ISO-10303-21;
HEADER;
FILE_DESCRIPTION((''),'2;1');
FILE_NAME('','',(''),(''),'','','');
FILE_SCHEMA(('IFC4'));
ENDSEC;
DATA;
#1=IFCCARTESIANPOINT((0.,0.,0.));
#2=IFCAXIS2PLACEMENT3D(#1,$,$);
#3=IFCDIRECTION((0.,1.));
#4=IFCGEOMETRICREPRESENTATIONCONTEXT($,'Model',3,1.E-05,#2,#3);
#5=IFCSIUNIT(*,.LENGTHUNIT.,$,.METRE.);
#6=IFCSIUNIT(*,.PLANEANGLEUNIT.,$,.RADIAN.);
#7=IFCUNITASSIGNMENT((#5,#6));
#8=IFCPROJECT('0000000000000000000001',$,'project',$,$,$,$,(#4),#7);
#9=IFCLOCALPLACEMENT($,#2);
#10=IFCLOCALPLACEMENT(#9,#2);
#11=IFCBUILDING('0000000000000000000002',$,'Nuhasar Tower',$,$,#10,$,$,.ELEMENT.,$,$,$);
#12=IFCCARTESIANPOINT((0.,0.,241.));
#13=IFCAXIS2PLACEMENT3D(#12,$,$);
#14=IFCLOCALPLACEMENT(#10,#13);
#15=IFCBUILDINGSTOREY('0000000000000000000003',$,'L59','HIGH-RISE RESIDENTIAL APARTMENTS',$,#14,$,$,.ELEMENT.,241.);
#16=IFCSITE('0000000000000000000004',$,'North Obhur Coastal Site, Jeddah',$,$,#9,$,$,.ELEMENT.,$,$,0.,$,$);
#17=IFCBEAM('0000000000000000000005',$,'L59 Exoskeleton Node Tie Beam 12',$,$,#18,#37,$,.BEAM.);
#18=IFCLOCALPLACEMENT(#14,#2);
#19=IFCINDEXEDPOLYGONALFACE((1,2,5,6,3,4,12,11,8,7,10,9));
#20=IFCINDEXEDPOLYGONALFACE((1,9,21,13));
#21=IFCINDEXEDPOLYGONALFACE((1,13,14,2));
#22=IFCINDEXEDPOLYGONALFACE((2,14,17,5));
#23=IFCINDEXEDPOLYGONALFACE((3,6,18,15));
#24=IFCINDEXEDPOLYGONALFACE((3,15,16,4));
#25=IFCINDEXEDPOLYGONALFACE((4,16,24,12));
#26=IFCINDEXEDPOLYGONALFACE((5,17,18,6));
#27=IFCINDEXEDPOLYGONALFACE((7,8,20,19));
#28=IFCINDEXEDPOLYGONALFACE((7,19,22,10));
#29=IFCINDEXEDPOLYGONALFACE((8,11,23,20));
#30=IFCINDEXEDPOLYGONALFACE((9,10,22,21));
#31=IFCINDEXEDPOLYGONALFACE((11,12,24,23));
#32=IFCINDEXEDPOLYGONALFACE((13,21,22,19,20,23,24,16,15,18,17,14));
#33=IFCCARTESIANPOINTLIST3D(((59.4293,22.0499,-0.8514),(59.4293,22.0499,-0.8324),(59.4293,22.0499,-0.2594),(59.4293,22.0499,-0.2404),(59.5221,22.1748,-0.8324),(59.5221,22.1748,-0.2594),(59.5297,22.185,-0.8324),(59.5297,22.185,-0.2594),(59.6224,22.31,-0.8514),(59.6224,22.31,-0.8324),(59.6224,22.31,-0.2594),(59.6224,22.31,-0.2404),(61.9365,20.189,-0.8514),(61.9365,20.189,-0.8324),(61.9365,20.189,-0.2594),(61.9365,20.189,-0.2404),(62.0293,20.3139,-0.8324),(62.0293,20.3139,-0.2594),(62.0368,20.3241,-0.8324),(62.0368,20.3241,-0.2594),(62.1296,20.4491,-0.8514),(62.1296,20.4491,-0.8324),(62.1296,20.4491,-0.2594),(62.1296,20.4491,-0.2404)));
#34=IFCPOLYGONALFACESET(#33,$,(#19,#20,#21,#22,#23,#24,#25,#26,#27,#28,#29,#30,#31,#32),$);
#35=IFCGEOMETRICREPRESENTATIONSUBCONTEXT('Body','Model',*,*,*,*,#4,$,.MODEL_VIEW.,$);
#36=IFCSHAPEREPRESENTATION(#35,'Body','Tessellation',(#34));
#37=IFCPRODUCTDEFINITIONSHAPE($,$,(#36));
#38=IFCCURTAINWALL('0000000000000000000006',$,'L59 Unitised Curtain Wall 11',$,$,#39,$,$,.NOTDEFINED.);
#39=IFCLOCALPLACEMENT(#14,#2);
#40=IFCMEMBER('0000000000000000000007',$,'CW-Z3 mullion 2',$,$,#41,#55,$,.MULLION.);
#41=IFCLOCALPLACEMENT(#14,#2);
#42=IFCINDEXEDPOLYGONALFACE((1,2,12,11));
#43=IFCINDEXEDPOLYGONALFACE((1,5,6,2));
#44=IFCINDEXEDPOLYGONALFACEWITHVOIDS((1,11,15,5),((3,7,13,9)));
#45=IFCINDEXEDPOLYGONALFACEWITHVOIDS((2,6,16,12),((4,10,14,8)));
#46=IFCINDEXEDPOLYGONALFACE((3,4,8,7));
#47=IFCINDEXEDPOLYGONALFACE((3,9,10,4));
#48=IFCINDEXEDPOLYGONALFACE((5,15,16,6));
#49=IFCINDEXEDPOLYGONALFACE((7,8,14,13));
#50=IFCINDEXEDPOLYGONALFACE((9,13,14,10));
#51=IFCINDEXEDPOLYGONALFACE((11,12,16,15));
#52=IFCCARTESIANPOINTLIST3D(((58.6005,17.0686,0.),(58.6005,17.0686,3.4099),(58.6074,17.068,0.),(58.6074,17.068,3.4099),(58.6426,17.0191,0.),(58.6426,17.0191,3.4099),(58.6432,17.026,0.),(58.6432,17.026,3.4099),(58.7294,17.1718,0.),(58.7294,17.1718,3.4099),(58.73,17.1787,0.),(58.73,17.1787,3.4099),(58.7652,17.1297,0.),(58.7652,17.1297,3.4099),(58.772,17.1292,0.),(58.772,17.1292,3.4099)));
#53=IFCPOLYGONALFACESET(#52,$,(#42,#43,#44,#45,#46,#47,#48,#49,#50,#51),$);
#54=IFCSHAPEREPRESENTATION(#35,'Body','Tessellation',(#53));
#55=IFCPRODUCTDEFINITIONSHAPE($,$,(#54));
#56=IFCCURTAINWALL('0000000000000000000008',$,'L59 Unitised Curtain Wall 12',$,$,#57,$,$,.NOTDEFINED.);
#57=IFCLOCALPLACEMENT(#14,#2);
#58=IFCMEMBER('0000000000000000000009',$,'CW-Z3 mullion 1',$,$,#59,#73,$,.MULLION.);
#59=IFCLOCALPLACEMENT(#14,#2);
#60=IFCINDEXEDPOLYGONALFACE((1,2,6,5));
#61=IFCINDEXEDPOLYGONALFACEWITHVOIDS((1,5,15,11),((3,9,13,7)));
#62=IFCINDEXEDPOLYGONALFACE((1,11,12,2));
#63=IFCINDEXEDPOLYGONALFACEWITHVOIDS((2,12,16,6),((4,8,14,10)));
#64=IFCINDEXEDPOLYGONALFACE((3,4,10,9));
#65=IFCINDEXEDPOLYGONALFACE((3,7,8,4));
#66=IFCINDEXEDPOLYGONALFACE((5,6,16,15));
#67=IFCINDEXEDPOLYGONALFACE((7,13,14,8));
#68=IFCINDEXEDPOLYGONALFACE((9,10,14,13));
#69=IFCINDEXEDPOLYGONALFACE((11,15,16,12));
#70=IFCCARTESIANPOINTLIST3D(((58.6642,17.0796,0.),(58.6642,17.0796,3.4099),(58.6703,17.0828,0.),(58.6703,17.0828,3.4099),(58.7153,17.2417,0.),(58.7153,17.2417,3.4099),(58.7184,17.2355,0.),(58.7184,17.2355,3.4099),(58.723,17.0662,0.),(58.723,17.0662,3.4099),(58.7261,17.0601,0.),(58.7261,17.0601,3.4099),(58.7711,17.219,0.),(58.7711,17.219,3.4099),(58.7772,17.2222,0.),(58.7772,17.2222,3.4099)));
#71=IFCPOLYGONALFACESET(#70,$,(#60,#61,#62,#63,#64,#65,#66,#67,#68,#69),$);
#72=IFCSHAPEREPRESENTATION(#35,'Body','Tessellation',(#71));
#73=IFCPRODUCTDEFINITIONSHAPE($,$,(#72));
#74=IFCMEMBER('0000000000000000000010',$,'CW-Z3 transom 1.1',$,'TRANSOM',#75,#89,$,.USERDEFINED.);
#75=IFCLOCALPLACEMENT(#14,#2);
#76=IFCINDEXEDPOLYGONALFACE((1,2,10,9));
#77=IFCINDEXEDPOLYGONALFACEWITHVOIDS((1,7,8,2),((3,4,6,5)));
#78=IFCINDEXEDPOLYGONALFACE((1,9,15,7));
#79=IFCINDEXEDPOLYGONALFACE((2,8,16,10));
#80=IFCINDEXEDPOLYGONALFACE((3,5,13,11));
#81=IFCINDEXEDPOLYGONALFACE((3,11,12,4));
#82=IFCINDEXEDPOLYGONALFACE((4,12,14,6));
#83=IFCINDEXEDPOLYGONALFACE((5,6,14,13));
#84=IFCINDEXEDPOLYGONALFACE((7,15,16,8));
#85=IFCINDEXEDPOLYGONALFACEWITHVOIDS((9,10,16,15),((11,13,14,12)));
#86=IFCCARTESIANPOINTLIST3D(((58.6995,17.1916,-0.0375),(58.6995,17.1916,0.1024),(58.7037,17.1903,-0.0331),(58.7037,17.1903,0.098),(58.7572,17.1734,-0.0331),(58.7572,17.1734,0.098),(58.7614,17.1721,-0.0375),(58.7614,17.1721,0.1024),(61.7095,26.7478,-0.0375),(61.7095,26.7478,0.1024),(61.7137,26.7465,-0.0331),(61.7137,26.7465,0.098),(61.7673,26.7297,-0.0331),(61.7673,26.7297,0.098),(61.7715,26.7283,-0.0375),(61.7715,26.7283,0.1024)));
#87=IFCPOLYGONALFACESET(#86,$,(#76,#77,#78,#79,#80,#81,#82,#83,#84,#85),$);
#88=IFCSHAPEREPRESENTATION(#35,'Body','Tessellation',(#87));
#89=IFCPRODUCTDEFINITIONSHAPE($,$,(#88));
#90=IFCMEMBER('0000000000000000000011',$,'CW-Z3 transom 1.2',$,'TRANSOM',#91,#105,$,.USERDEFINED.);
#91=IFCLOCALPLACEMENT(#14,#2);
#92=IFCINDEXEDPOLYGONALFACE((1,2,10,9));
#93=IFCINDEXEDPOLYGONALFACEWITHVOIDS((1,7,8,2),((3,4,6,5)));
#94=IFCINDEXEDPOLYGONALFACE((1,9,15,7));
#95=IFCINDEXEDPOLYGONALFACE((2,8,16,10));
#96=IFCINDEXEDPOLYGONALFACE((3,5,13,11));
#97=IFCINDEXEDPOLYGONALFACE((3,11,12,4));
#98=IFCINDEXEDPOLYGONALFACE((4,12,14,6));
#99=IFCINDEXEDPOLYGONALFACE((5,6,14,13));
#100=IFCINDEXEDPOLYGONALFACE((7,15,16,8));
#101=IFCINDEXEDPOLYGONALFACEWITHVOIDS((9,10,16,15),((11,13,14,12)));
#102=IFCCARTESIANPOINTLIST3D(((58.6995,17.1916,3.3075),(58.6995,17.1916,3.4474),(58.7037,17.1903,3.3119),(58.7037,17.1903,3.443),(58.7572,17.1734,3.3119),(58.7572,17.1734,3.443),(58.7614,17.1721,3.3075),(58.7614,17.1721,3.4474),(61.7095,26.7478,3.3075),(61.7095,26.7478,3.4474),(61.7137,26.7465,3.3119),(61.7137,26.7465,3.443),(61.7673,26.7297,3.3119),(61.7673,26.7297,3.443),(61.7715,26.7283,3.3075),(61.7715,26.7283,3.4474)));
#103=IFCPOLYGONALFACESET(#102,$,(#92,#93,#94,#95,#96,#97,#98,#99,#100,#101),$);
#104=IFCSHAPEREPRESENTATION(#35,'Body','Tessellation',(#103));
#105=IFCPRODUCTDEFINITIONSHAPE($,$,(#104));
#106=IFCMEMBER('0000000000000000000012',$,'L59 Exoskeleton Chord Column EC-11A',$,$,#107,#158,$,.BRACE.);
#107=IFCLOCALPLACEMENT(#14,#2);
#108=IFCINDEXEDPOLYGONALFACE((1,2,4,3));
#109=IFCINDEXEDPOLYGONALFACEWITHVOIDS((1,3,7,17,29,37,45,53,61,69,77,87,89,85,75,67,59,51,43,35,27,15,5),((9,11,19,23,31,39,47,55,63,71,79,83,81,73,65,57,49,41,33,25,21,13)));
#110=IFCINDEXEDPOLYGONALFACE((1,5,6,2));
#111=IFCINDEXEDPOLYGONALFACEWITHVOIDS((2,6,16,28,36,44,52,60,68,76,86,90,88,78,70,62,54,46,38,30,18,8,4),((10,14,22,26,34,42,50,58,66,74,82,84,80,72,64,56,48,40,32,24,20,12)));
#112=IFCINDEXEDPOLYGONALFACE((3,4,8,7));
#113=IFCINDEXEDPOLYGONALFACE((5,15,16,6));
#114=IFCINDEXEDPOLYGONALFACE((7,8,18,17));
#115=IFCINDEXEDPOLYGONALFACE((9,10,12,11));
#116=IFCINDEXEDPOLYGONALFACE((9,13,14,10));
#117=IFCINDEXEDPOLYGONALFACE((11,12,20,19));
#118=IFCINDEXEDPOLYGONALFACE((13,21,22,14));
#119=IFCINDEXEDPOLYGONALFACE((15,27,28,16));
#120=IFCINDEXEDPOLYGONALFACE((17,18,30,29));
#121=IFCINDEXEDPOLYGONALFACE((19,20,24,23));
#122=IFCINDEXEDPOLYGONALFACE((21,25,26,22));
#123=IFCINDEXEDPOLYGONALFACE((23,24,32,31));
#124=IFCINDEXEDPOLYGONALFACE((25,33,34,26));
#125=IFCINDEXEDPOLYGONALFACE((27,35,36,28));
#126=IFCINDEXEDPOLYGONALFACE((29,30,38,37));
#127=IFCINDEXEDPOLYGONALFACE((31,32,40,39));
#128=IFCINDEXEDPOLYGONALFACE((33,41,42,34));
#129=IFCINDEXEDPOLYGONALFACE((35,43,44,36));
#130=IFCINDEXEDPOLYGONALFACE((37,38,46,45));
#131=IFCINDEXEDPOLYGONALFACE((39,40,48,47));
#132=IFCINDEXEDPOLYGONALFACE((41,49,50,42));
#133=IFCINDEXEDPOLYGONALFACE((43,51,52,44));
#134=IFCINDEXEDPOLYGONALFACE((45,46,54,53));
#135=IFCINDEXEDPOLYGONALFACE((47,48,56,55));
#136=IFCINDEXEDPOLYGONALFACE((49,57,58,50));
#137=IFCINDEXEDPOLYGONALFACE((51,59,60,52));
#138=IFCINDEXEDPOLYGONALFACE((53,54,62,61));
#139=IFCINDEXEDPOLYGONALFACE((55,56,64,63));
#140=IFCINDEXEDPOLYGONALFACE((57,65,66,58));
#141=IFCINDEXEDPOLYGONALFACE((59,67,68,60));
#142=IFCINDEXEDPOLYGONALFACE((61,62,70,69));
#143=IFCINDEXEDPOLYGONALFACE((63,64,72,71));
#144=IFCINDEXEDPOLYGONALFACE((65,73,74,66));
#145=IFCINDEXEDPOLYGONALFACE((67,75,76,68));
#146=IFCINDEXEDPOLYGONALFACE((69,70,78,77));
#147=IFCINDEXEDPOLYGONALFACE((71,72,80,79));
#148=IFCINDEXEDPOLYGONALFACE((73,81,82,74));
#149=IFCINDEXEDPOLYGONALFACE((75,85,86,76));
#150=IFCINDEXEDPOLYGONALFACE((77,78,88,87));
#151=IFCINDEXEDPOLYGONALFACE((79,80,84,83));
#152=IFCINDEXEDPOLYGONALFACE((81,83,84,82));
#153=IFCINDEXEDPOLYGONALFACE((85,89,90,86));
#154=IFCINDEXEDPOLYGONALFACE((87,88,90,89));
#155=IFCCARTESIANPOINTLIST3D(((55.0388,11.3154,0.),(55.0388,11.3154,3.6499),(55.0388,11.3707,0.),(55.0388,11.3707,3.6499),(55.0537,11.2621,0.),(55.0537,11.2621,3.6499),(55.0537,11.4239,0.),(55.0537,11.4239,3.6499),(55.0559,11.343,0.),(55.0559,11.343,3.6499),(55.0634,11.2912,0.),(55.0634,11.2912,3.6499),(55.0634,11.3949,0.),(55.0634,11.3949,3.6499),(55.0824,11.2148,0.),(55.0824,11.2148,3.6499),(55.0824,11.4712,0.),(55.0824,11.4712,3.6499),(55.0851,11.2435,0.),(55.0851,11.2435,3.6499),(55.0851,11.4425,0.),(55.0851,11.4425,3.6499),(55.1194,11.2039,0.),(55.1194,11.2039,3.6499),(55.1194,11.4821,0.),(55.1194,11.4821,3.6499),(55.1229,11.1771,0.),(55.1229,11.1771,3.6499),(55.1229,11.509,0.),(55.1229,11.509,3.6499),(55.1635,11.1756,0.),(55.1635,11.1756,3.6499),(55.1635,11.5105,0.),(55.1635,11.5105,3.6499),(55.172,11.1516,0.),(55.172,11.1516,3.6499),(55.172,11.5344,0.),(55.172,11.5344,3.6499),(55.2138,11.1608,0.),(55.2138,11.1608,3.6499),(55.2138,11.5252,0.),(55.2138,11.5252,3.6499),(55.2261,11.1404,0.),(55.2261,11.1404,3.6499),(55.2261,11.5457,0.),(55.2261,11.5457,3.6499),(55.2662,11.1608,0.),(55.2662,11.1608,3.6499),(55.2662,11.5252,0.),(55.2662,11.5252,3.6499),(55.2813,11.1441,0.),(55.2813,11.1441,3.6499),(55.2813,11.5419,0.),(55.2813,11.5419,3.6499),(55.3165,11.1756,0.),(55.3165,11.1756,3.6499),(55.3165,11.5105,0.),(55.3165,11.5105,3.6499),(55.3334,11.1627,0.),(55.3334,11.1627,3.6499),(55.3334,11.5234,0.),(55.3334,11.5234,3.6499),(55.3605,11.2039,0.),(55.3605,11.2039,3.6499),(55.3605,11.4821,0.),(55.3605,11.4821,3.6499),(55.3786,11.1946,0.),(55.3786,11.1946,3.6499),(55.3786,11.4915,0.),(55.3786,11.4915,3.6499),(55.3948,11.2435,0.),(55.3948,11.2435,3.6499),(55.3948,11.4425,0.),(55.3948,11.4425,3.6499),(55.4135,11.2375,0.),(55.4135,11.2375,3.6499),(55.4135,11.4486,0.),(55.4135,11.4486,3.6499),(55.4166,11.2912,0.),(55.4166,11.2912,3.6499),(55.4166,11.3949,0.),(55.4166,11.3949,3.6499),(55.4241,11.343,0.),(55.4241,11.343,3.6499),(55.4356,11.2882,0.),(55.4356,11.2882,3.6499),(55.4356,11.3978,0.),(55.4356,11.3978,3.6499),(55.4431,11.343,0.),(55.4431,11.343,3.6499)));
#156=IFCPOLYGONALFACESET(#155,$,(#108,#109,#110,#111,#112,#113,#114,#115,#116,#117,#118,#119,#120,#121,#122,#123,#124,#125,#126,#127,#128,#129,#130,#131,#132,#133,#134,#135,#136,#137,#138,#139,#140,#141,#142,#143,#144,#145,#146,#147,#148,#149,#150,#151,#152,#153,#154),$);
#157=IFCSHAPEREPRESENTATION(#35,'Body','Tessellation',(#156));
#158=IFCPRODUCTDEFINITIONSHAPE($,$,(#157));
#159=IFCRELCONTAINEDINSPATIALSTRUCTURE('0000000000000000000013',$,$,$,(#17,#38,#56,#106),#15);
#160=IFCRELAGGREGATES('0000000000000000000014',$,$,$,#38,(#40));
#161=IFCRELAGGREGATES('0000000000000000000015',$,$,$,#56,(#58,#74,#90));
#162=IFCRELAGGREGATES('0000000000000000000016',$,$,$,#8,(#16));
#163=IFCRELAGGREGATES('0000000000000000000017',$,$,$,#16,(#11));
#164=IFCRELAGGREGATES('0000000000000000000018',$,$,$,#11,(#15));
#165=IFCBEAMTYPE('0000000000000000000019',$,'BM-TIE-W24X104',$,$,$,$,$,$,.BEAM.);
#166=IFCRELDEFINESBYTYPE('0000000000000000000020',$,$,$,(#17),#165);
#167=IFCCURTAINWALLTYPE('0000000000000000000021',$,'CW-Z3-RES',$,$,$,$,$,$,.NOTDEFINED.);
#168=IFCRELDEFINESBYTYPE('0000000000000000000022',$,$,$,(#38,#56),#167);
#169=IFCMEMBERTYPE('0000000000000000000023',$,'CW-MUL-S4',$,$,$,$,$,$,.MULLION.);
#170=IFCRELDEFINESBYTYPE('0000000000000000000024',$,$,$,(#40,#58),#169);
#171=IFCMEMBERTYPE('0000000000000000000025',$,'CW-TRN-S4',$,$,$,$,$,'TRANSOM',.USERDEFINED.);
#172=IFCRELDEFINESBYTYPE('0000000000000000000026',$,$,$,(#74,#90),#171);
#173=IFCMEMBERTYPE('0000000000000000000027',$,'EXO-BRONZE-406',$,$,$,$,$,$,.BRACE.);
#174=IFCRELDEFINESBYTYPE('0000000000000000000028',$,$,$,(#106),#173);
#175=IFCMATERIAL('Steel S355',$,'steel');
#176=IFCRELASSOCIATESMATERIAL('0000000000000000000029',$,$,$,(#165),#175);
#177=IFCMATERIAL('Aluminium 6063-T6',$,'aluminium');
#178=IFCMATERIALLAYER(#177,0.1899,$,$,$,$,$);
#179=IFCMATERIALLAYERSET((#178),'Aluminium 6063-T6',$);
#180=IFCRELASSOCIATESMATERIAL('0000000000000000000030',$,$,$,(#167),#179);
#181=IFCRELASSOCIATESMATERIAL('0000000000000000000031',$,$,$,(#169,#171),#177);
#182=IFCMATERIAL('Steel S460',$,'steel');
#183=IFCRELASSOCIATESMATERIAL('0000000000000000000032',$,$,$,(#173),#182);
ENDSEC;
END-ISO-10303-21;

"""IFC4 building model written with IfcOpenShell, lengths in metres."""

from ifc_helpers import new_model, si_unit, direction, frame, origin, origin_2d, place, context, subcontext, project, spatial, hollow_rectangle, hollow_circle, i_section, extrude, material, layer, layer_set, material_profile, profile_set, type_object, element, aggregate, save


model = new_model("IFC4")

# Units and contexts
model_context = context("Model", 3, precision=1e-05, world=origin(), true_north=direction((0.0, 1.0)))
body_context = subcontext(model_context, "Body", "Model", "MODEL_VIEW")
ifc_project = project(units=[si_unit("LENGTHUNIT", "METRE"), si_unit("PLANEANGLEUNIT", "RADIAN")], contexts=[model_context])

# Site, building, storey
site_placement = place(None, origin())
site = spatial("IfcSite", under=ifc_project, at=site_placement, Name="North Obhur Coastal Site, Jeddah", CompositionType="ELEMENT", RefElevation=0.0)
building_placement = place(site_placement, origin())
building = spatial("IfcBuilding", under=site, at=building_placement, Name="Nuhasar Tower", CompositionType="ELEMENT")
storey_placement = place(building_placement, frame((0.0, 0.0, 241.0)))
storey = spatial("IfcBuildingStorey", under=building, at=storey_placement, Name="L59", Description="HIGH-RISE RESIDENTIAL APARTMENTS", CompositionType="ELEMENT", Elevation=241.0)

# Beam
ifc_material_1 = material(Name="Steel S355", Category="steel")
ifc_material_profile_1 = material_profile(ifc_material_1, i_section(OverallWidth=0.324, OverallDepth=0.6111, WebThickness=0.0127, FlangeThickness=0.019, at=origin_2d()), Name="W24X104")
ifc_profile_set_1 = profile_set([ifc_material_profile_1], Name="Steel S355")
beam_type_1 = type_object("IfcBeamType", Name="BM-TIE-W24X104", PredefinedType="BEAM", material=ifc_profile_set_1)
beam_1_placement = place(storey_placement, frame((59.5259, 22.1799, -0.5459), z_axis=(0.802983, -0.596001, 0.0), x_axis=(0.596001, 0.802983, 0.0)))
element("IfcBeam", 1, at=beam_1_placement, inside=storey, type_object=beam_type_1, Name="L59 Exoskeleton Node Tie Beam 12", PredefinedType="BEAM", context=body_context, shape_type="SweptSolid", body=[
    extrude(i_section(OverallWidth=0.324, OverallDepth=0.6111, WebThickness=0.0127, FlangeThickness=0.019, at=origin_2d()), origin(), (0.0, 0.0, 1.0), 3.1223),
])

# Curtain wall, member
ifc_material_2 = material(Name="Aluminium 6063-T6", Category="aluminium")
ifc_layer_1 = layer(ifc_material_2, 0.1899)
ifc_layer_set_1 = layer_set([ifc_layer_1], Name="Aluminium 6063-T6")
curtain_wall_type = type_object("IfcCurtainWallType", Name="CW-Z3-RES", PredefinedType="NOTDEFINED", material=ifc_layer_set_1)
curtain_wall_1_placement = place(storey_placement, origin())
curtain_wall_1 = element("IfcCurtainWall", 2, at=curtain_wall_1_placement, inside=storey, type_object=curtain_wall_type, Name="L59 Unitised Curtain Wall 11", PredefinedType="NOTDEFINED")
ifc_material_profile_2 = material_profile(ifc_material_2, hollow_rectangle(XDim=0.0649, YDim=0.1699, WallThickness=0.0049, at=origin_2d()), Name="CWM-4")
ifc_profile_set_2 = profile_set([ifc_material_profile_2], Name="Aluminium 6063-T6")
member_type_1 = type_object("IfcMemberType", Name="CW-MUL-S4", PredefinedType="MULLION", material=ifc_profile_set_2)
member_1_placement = place(storey_placement, frame((58.6863, 17.0989, 0.0), z_axis=(0.0, 0.0, 1.0), x_axis=(-0.647895, 0.761729, 0.0)))
member_1 = element("IfcMember", 3, at=member_1_placement, type_object=member_type_1, Name="CW-Z3 mullion 2", PredefinedType="MULLION", context=body_context, shape_type="SweptSolid", body=[
    extrude(hollow_rectangle(XDim=0.0649, YDim=0.1699, WallThickness=0.0049, at=origin_2d()), origin(), (0.0, 0.0, 1.0), 3.4099),
])

# Curtain wall, members
curtain_wall_2_placement = place(storey_placement, origin())
curtain_wall_2 = element("IfcCurtainWall", 4, at=curtain_wall_2_placement, inside=storey, type_object=curtain_wall_type, Name="L59 Unitised Curtain Wall 12", PredefinedType="NOTDEFINED")
member_2_placement = place(storey_placement, frame((58.7207, 17.1509, 0.0), z_axis=(0.0, 0.0, 1.0), x_axis=(-0.953804, 0.300429, 0.0)))
member_2 = element("IfcMember", 5, at=member_2_placement, type_object=member_type_1, Name="CW-Z3 mullion 1", PredefinedType="MULLION", context=body_context, shape_type="SweptSolid", body=[
    extrude(hollow_rectangle(XDim=0.0649, YDim=0.1699, WallThickness=0.0049, at=origin_2d()), origin(), (0.0, 0.0, 1.0), 3.4099),
])
ifc_material_profile_3 = material_profile(ifc_material_2, hollow_rectangle(XDim=0.0649, YDim=0.1399, WallThickness=0.0044, at=origin_2d()), Name="CWT-4")
ifc_profile_set_3 = profile_set([ifc_material_profile_3], Name="Aluminium 6063-T6")
member_type_2 = type_object("IfcMemberType", Name="CW-TRN-S4", ElementType="TRANSOM", PredefinedType="USERDEFINED", material=ifc_profile_set_3)
member_3_placement = place(storey_placement, frame((58.7305, 17.1819, 0.0325), z_axis=(0.30043, 0.953804, 0.0), x_axis=(-0.953804, 0.30043, 0.0)))
member_3 = element("IfcMember", 6, at=member_3_placement, type_object=member_type_2, Name="CW-Z3 transom 1.1", ObjectType="TRANSOM", PredefinedType="USERDEFINED", context=body_context, shape_type="SweptSolid", body=[
    extrude(hollow_rectangle(XDim=0.0649, YDim=0.1399, WallThickness=0.0044, at=origin_2d()), origin(), (0.0, 0.0, 1.0), 10.019),
])
member_4_placement = place(storey_placement, frame((58.7305, 17.1819, 3.3774), z_axis=(0.30043, 0.953804, 0.0), x_axis=(-0.953804, 0.30043, 0.0)))
member_4 = element("IfcMember", 7, at=member_4_placement, type_object=member_type_2, Name="CW-Z3 transom 1.2", ObjectType="TRANSOM", PredefinedType="USERDEFINED", context=body_context, shape_type="SweptSolid", body=[
    extrude(hollow_rectangle(XDim=0.0649, YDim=0.1399, WallThickness=0.0044, at=origin_2d()), origin(), (0.0, 0.0, 1.0), 10.019),
])

# Member
ifc_material_3 = material(Name="Steel S460", Category="steel")
ifc_material_profile_4 = material_profile(ifc_material_3, hollow_circle(Radius=0.2031, WallThickness=0.019, at=origin_2d()), Name="HSS406.4X19.1")
ifc_profile_set_4 = profile_set([ifc_material_profile_4], Name="Steel S460")
member_type_3 = type_object("IfcMemberType", Name="EXO-BRONZE-406", PredefinedType="BRACE", material=ifc_profile_set_4)
for number, where, z_axis, x_axis, name in (
    (8, (55.24, 11.343, 0.0), (0.0, 0.0, 1.0), (1.0, 0.0, 0.0), "L59 Exoskeleton Chord Column EC-11A"),
):
    element("IfcMember", number, at=place(storey_placement, frame(where, z_axis=z_axis, x_axis=x_axis)), inside=storey, type_object=member_type_3, Name=name, PredefinedType="BRACE", context=body_context, shape_type="SweptSolid", body=[
        extrude(hollow_circle(Radius=0.2031, WallThickness=0.019, at=origin_2d()), origin(), (0.0, 0.0, 1.0), 3.6499),
    ])

aggregate(curtain_wall_1, [member_1])
aggregate(curtain_wall_2, [member_2, member_3, member_4])

save(model, "model.ifc")
